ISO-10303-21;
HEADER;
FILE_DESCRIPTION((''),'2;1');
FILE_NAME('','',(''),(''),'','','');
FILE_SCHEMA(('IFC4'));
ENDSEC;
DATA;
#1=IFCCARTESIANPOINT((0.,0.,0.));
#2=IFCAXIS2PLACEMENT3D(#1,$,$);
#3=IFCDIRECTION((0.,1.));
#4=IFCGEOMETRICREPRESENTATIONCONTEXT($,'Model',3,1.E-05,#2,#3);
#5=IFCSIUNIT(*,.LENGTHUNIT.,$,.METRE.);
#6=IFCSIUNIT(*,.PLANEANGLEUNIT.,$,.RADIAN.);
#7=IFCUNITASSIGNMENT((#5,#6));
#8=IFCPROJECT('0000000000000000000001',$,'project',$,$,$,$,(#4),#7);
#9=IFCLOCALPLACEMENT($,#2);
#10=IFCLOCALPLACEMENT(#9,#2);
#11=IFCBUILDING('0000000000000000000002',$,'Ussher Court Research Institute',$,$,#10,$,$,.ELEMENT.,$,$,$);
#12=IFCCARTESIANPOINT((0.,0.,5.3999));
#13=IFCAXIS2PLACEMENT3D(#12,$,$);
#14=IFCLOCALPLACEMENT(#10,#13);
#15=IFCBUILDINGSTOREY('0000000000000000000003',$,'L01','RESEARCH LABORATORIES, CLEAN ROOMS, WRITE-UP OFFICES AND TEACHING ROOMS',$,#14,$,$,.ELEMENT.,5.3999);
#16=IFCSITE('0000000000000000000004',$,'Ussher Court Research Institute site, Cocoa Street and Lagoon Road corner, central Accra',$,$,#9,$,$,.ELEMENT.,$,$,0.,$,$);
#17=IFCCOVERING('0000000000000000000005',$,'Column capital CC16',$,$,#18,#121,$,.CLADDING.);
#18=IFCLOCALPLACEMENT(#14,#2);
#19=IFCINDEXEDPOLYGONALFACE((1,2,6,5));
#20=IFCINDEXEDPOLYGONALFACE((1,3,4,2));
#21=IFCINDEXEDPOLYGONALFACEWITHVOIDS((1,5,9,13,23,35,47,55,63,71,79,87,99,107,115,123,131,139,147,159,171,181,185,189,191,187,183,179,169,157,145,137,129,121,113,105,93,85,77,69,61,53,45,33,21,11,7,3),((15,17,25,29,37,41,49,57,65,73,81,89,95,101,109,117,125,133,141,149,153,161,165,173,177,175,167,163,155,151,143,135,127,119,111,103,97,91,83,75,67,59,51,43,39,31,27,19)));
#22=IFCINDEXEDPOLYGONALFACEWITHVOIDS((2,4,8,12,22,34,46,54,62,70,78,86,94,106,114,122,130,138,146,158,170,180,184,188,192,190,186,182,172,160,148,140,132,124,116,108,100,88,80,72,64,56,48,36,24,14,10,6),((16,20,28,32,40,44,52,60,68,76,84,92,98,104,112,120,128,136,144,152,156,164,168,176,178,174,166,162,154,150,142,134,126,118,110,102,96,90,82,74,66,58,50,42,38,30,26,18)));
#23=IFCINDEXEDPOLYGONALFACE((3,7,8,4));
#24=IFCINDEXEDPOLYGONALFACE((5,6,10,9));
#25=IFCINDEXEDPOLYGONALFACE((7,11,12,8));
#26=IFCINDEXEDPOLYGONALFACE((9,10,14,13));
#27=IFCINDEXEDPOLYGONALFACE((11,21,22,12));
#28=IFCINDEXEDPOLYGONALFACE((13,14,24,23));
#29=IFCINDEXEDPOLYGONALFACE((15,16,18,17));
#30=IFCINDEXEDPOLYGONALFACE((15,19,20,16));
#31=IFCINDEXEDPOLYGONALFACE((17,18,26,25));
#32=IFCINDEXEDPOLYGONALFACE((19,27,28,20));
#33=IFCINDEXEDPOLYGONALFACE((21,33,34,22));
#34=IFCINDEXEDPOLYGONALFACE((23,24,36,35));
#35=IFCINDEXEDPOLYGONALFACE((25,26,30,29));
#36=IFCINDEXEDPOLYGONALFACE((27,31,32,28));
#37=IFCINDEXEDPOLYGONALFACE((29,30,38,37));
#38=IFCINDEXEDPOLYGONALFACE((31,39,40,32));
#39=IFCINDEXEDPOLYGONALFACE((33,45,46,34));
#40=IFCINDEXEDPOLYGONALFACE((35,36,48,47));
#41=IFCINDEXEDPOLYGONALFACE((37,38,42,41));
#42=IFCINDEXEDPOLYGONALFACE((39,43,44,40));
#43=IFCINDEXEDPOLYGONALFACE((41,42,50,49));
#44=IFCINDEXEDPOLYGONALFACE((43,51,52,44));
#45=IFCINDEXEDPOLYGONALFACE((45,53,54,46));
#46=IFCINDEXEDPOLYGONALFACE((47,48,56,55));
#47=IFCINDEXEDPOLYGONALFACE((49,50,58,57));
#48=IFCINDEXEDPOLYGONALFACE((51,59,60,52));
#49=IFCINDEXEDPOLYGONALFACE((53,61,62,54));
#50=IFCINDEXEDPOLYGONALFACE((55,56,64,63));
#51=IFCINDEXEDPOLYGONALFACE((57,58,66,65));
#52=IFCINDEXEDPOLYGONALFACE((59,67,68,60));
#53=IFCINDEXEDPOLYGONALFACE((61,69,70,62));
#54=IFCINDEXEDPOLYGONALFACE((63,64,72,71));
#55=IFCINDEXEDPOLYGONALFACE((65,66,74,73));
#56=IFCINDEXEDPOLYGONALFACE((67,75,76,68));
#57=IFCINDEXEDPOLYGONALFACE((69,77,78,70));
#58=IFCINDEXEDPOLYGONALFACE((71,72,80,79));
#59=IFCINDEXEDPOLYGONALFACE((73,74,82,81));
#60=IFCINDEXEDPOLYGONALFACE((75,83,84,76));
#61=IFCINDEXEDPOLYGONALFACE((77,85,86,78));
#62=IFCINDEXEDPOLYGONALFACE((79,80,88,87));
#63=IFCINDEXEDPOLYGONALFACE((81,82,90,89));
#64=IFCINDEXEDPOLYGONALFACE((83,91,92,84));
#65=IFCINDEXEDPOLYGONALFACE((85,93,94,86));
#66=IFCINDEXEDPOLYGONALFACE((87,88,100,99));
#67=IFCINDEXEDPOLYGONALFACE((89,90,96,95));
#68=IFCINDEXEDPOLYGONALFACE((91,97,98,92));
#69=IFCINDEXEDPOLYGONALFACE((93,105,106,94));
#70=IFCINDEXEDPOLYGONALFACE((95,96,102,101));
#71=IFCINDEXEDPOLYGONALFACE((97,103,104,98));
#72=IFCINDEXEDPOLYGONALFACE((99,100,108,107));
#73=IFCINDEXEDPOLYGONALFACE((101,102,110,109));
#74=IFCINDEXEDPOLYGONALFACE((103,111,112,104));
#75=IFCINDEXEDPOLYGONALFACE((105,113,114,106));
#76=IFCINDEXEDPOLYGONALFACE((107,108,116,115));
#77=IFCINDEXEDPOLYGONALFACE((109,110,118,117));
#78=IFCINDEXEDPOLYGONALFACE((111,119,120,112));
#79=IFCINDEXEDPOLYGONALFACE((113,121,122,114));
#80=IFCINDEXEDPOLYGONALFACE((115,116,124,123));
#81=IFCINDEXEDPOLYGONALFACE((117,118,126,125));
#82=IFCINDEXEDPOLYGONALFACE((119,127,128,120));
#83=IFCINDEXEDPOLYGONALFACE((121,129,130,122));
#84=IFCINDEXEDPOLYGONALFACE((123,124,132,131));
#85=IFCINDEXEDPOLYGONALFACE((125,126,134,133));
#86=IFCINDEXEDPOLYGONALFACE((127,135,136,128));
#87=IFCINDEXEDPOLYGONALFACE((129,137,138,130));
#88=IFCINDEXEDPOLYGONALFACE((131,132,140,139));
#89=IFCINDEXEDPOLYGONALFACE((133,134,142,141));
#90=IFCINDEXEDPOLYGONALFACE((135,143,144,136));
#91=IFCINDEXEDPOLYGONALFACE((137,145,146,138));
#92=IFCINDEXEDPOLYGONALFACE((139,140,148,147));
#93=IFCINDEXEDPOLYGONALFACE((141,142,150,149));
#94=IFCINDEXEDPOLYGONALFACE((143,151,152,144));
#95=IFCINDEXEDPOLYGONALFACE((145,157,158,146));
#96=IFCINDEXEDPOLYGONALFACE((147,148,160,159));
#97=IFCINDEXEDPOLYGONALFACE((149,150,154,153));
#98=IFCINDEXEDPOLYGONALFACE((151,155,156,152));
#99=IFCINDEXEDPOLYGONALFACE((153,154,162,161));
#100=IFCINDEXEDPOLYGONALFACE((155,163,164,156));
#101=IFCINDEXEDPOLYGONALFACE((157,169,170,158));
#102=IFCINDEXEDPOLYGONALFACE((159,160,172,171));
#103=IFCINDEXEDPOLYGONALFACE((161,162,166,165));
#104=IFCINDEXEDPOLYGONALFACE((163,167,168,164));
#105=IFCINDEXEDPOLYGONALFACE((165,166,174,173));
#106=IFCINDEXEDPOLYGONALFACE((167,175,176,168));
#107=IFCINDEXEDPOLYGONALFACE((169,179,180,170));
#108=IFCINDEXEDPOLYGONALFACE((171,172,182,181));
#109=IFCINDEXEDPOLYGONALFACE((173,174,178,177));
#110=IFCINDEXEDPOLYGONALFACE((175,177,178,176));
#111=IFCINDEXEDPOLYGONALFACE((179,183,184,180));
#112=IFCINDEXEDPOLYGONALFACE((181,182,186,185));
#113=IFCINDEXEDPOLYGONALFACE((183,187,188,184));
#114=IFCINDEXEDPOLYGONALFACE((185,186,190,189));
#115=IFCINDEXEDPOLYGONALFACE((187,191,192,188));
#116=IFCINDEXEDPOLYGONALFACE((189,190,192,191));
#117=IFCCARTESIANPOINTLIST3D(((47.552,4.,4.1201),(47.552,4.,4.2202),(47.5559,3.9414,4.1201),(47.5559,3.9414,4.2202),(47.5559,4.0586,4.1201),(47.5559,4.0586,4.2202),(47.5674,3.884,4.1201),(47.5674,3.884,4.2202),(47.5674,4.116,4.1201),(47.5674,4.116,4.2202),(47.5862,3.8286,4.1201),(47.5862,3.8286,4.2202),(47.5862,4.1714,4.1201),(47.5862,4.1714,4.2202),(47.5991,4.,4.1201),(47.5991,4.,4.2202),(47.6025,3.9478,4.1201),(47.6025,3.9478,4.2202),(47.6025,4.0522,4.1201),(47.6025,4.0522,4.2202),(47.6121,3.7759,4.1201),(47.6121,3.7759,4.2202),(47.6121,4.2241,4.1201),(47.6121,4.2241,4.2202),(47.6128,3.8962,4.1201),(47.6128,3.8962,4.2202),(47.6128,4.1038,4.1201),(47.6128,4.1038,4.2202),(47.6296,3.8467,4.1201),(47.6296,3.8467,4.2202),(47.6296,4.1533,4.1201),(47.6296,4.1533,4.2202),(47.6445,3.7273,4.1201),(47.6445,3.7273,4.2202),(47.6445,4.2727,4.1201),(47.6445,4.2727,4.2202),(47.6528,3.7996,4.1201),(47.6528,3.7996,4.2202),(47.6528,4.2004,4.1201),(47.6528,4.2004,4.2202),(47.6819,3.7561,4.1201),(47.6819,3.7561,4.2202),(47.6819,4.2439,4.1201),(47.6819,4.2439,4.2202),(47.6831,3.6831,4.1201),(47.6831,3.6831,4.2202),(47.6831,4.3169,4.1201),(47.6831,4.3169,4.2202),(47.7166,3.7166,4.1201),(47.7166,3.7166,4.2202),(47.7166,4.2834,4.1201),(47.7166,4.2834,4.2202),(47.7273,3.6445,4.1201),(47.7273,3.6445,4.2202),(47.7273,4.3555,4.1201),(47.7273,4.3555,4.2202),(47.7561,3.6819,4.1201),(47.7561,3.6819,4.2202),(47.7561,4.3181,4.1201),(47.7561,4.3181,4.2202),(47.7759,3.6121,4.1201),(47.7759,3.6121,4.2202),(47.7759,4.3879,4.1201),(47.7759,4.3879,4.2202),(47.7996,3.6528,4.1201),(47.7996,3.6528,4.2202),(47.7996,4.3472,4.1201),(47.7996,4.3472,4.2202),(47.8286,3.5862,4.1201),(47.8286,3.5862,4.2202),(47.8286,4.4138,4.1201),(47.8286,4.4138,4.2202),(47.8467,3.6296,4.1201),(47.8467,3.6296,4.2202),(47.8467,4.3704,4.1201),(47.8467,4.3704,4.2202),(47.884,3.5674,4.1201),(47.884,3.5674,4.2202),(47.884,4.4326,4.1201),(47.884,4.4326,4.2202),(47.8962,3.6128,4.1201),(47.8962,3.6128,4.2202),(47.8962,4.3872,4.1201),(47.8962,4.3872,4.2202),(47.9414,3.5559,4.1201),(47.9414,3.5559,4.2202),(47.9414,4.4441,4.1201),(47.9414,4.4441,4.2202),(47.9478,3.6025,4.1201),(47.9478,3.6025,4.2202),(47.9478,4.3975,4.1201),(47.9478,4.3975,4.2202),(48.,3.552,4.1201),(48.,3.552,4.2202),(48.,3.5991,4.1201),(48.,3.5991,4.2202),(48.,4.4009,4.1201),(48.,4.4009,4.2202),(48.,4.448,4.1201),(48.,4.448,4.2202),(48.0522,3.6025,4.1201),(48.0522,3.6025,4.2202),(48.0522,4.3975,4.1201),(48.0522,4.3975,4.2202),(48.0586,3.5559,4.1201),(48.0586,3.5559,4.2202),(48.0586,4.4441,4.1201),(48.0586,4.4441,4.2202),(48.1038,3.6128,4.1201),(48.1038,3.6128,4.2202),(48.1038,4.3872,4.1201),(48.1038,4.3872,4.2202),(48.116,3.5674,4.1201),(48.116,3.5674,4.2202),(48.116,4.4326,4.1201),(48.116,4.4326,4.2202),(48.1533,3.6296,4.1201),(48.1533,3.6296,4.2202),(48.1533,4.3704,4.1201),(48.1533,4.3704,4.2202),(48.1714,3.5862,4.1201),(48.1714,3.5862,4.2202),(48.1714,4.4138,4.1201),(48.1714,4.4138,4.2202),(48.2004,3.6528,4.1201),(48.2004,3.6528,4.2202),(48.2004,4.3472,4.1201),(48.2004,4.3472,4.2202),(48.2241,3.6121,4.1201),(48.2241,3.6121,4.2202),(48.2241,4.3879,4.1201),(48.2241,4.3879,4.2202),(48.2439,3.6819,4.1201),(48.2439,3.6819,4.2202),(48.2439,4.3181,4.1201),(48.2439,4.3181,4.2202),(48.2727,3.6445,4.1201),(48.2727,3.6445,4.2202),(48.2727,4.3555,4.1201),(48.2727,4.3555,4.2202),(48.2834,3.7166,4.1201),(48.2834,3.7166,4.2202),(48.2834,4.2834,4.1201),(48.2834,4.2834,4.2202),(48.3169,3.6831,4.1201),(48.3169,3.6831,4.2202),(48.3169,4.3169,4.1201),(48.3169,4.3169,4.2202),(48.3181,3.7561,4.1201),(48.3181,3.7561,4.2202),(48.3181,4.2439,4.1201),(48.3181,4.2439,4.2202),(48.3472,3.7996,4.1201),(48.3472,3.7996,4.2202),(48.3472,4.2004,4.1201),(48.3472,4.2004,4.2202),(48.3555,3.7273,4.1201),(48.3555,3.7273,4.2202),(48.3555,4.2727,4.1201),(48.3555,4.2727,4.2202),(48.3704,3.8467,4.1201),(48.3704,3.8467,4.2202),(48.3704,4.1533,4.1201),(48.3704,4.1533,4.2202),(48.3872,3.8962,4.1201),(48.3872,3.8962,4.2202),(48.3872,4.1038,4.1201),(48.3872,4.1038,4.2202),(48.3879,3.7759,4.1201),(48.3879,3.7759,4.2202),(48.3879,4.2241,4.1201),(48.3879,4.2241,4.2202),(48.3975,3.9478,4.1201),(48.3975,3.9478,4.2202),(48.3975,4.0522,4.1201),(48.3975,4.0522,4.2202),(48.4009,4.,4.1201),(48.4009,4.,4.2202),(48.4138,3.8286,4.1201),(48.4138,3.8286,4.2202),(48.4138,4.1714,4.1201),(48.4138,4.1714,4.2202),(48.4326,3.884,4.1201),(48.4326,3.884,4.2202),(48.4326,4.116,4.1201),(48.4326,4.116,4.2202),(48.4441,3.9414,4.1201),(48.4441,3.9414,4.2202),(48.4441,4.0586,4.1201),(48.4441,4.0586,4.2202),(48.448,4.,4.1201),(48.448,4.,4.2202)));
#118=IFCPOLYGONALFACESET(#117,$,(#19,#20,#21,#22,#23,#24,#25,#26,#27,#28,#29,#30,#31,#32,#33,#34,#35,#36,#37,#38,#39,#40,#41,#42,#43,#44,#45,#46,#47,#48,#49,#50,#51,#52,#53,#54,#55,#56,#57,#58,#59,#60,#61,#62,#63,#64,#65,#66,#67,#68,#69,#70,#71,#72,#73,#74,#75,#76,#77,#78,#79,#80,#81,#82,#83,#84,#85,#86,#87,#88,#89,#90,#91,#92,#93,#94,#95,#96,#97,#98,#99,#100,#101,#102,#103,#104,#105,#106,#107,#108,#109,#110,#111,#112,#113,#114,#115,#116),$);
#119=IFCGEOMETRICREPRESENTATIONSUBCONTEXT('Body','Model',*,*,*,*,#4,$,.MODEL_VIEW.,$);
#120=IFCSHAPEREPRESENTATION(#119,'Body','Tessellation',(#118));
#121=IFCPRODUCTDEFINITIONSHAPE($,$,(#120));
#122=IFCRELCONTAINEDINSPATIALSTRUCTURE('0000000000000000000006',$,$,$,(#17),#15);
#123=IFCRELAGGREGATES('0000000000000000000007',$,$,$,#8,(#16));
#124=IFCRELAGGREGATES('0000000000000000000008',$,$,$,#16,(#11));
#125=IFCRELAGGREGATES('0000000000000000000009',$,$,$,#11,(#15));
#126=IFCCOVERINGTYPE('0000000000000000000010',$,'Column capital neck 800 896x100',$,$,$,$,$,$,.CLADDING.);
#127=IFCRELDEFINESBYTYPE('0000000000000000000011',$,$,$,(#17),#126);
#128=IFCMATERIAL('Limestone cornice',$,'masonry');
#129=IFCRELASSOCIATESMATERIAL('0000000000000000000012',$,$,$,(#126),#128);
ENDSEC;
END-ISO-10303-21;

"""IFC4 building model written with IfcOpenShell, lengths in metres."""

from ifc_helpers import new_model, si_unit, direction, frame, origin, place, context, subcontext, project, spatial, polyline, outline, extrude, material, type_object, element, save


model = new_model("IFC4")

# Units and contexts
model_context = context("Model", 3, precision=1e-05, world=origin(), true_north=direction((0.0, 1.0)))
body_context = subcontext(model_context, "Body", "Model", "MODEL_VIEW")
ifc_project = project(units=[si_unit("LENGTHUNIT", "METRE"), si_unit("PLANEANGLEUNIT", "RADIAN")], contexts=[model_context])

# Site, building, storey
site_placement = place(None, origin())
site = spatial("IfcSite", under=ifc_project, at=site_placement, Name="Ussher Court Research Institute site, Cocoa Street and Lagoon Road corner, central Accra", CompositionType="ELEMENT", RefElevation=0.0)
building_placement = place(site_placement, origin())
building = spatial("IfcBuilding", under=site, at=building_placement, Name="Ussher Court Research Institute", CompositionType="ELEMENT")
storey_placement = place(building_placement, frame((0.0, 0.0, 5.3999)))
storey = spatial("IfcBuildingStorey", under=building, at=storey_placement, Name="L01", Description="RESEARCH LABORATORIES, CLEAN ROOMS, WRITE-UP OFFICES AND TEACHING ROOMS", CompositionType="ELEMENT", Elevation=5.3999)

# Covering
ifc_material_1 = material(Name="Limestone cornice", Category="masonry")
covering_type_1 = type_object("IfcCoveringType", Name="Column capital neck 800 896x100", PredefinedType="CLADDING", material=ifc_material_1)
covering_1_placement = place(storey_placement, frame((0.0, 0.0, 4.1201)))
element("IfcCovering", 1, at=covering_1_placement, inside=storey, type_object=covering_type_1, Name="Column capital CC16", PredefinedType="CLADDING", context=body_context, shape_type="SweptSolid", body=[
    extrude(outline(polyline([(48.448, 4.0), (48.4441, 4.0586), (48.4326, 4.116), (48.4138, 4.1714), (48.3879, 4.2241), (48.3555, 4.2727), (48.3169, 4.3169), (48.2727, 4.3555), (48.2241, 4.3879), (48.1714, 4.4138), (48.116, 4.4326), (48.0586, 4.4441), (48.0, 4.448), (47.9414, 4.4441), (47.884, 4.4326), (47.8286, 4.4138), (47.7759, 4.3879), (47.7273, 4.3555), (47.6831, 4.3169), (47.6445, 4.2727), (47.6121, 4.2241), (47.5862, 4.1714), (47.5674, 4.116), (47.5559, 4.0586), (47.552, 4.0), (47.5559, 3.9414), (47.5674, 3.884), (47.5862, 3.8286), (47.6121, 3.7759), (47.6445, 3.7273), (47.6831, 3.6831), (47.7273, 3.6445), (47.7759, 3.6121), (47.8286, 3.5862), (47.884, 3.5674), (47.9414, 3.5559), (48.0, 3.552), (48.0586, 3.5559), (48.116, 3.5674), (48.1714, 3.5862), (48.2241, 3.6121), (48.2727, 3.6445), (48.3169, 3.6831), (48.3555, 3.7273), (48.3879, 3.7759), (48.4138, 3.8286), (48.4326, 3.884), (48.4441, 3.9414), (48.448, 4.0)]), holes=[polyline([(48.4009, 4.0), (48.3975, 4.0522), (48.3872, 4.1038), (48.3704, 4.1533), (48.3472, 4.2004), (48.3181, 4.2439), (48.2834, 4.2834), (48.2439, 4.3181), (48.2004, 4.3472), (48.1533, 4.3704), (48.1038, 4.3872), (48.0522, 4.3975), (48.0, 4.4009), (47.9478, 4.3975), (47.8962, 4.3872), (47.8467, 4.3704), (47.7996, 4.3472), (47.7561, 4.3181), (47.7166, 4.2834), (47.6819, 4.2439), (47.6528, 4.2004), (47.6296, 4.1533), (47.6128, 4.1038), (47.6025, 4.0522), (47.5991, 4.0), (47.6025, 3.9478), (47.6128, 3.8962), (47.6296, 3.8467), (47.6528, 3.7996), (47.6819, 3.7561), (47.7166, 3.7166), (47.7561, 3.6819), (47.7996, 3.6528), (47.8467, 3.6296), (47.8962, 3.6128), (47.9478, 3.6025), (48.0, 3.5991), (48.0522, 3.6025), (48.1038, 3.6128), (48.1533, 3.6296), (48.2004, 3.6528), (48.2439, 3.6819), (48.2834, 3.7166), (48.3181, 3.7561), (48.3472, 3.7996), (48.3704, 3.8467), (48.3872, 3.8962), (48.3975, 3.9478), (48.4009, 4.0)])]), origin(), (0.0, 0.0, 1.0), 0.1001),
])

save(model, "model.ifc")
